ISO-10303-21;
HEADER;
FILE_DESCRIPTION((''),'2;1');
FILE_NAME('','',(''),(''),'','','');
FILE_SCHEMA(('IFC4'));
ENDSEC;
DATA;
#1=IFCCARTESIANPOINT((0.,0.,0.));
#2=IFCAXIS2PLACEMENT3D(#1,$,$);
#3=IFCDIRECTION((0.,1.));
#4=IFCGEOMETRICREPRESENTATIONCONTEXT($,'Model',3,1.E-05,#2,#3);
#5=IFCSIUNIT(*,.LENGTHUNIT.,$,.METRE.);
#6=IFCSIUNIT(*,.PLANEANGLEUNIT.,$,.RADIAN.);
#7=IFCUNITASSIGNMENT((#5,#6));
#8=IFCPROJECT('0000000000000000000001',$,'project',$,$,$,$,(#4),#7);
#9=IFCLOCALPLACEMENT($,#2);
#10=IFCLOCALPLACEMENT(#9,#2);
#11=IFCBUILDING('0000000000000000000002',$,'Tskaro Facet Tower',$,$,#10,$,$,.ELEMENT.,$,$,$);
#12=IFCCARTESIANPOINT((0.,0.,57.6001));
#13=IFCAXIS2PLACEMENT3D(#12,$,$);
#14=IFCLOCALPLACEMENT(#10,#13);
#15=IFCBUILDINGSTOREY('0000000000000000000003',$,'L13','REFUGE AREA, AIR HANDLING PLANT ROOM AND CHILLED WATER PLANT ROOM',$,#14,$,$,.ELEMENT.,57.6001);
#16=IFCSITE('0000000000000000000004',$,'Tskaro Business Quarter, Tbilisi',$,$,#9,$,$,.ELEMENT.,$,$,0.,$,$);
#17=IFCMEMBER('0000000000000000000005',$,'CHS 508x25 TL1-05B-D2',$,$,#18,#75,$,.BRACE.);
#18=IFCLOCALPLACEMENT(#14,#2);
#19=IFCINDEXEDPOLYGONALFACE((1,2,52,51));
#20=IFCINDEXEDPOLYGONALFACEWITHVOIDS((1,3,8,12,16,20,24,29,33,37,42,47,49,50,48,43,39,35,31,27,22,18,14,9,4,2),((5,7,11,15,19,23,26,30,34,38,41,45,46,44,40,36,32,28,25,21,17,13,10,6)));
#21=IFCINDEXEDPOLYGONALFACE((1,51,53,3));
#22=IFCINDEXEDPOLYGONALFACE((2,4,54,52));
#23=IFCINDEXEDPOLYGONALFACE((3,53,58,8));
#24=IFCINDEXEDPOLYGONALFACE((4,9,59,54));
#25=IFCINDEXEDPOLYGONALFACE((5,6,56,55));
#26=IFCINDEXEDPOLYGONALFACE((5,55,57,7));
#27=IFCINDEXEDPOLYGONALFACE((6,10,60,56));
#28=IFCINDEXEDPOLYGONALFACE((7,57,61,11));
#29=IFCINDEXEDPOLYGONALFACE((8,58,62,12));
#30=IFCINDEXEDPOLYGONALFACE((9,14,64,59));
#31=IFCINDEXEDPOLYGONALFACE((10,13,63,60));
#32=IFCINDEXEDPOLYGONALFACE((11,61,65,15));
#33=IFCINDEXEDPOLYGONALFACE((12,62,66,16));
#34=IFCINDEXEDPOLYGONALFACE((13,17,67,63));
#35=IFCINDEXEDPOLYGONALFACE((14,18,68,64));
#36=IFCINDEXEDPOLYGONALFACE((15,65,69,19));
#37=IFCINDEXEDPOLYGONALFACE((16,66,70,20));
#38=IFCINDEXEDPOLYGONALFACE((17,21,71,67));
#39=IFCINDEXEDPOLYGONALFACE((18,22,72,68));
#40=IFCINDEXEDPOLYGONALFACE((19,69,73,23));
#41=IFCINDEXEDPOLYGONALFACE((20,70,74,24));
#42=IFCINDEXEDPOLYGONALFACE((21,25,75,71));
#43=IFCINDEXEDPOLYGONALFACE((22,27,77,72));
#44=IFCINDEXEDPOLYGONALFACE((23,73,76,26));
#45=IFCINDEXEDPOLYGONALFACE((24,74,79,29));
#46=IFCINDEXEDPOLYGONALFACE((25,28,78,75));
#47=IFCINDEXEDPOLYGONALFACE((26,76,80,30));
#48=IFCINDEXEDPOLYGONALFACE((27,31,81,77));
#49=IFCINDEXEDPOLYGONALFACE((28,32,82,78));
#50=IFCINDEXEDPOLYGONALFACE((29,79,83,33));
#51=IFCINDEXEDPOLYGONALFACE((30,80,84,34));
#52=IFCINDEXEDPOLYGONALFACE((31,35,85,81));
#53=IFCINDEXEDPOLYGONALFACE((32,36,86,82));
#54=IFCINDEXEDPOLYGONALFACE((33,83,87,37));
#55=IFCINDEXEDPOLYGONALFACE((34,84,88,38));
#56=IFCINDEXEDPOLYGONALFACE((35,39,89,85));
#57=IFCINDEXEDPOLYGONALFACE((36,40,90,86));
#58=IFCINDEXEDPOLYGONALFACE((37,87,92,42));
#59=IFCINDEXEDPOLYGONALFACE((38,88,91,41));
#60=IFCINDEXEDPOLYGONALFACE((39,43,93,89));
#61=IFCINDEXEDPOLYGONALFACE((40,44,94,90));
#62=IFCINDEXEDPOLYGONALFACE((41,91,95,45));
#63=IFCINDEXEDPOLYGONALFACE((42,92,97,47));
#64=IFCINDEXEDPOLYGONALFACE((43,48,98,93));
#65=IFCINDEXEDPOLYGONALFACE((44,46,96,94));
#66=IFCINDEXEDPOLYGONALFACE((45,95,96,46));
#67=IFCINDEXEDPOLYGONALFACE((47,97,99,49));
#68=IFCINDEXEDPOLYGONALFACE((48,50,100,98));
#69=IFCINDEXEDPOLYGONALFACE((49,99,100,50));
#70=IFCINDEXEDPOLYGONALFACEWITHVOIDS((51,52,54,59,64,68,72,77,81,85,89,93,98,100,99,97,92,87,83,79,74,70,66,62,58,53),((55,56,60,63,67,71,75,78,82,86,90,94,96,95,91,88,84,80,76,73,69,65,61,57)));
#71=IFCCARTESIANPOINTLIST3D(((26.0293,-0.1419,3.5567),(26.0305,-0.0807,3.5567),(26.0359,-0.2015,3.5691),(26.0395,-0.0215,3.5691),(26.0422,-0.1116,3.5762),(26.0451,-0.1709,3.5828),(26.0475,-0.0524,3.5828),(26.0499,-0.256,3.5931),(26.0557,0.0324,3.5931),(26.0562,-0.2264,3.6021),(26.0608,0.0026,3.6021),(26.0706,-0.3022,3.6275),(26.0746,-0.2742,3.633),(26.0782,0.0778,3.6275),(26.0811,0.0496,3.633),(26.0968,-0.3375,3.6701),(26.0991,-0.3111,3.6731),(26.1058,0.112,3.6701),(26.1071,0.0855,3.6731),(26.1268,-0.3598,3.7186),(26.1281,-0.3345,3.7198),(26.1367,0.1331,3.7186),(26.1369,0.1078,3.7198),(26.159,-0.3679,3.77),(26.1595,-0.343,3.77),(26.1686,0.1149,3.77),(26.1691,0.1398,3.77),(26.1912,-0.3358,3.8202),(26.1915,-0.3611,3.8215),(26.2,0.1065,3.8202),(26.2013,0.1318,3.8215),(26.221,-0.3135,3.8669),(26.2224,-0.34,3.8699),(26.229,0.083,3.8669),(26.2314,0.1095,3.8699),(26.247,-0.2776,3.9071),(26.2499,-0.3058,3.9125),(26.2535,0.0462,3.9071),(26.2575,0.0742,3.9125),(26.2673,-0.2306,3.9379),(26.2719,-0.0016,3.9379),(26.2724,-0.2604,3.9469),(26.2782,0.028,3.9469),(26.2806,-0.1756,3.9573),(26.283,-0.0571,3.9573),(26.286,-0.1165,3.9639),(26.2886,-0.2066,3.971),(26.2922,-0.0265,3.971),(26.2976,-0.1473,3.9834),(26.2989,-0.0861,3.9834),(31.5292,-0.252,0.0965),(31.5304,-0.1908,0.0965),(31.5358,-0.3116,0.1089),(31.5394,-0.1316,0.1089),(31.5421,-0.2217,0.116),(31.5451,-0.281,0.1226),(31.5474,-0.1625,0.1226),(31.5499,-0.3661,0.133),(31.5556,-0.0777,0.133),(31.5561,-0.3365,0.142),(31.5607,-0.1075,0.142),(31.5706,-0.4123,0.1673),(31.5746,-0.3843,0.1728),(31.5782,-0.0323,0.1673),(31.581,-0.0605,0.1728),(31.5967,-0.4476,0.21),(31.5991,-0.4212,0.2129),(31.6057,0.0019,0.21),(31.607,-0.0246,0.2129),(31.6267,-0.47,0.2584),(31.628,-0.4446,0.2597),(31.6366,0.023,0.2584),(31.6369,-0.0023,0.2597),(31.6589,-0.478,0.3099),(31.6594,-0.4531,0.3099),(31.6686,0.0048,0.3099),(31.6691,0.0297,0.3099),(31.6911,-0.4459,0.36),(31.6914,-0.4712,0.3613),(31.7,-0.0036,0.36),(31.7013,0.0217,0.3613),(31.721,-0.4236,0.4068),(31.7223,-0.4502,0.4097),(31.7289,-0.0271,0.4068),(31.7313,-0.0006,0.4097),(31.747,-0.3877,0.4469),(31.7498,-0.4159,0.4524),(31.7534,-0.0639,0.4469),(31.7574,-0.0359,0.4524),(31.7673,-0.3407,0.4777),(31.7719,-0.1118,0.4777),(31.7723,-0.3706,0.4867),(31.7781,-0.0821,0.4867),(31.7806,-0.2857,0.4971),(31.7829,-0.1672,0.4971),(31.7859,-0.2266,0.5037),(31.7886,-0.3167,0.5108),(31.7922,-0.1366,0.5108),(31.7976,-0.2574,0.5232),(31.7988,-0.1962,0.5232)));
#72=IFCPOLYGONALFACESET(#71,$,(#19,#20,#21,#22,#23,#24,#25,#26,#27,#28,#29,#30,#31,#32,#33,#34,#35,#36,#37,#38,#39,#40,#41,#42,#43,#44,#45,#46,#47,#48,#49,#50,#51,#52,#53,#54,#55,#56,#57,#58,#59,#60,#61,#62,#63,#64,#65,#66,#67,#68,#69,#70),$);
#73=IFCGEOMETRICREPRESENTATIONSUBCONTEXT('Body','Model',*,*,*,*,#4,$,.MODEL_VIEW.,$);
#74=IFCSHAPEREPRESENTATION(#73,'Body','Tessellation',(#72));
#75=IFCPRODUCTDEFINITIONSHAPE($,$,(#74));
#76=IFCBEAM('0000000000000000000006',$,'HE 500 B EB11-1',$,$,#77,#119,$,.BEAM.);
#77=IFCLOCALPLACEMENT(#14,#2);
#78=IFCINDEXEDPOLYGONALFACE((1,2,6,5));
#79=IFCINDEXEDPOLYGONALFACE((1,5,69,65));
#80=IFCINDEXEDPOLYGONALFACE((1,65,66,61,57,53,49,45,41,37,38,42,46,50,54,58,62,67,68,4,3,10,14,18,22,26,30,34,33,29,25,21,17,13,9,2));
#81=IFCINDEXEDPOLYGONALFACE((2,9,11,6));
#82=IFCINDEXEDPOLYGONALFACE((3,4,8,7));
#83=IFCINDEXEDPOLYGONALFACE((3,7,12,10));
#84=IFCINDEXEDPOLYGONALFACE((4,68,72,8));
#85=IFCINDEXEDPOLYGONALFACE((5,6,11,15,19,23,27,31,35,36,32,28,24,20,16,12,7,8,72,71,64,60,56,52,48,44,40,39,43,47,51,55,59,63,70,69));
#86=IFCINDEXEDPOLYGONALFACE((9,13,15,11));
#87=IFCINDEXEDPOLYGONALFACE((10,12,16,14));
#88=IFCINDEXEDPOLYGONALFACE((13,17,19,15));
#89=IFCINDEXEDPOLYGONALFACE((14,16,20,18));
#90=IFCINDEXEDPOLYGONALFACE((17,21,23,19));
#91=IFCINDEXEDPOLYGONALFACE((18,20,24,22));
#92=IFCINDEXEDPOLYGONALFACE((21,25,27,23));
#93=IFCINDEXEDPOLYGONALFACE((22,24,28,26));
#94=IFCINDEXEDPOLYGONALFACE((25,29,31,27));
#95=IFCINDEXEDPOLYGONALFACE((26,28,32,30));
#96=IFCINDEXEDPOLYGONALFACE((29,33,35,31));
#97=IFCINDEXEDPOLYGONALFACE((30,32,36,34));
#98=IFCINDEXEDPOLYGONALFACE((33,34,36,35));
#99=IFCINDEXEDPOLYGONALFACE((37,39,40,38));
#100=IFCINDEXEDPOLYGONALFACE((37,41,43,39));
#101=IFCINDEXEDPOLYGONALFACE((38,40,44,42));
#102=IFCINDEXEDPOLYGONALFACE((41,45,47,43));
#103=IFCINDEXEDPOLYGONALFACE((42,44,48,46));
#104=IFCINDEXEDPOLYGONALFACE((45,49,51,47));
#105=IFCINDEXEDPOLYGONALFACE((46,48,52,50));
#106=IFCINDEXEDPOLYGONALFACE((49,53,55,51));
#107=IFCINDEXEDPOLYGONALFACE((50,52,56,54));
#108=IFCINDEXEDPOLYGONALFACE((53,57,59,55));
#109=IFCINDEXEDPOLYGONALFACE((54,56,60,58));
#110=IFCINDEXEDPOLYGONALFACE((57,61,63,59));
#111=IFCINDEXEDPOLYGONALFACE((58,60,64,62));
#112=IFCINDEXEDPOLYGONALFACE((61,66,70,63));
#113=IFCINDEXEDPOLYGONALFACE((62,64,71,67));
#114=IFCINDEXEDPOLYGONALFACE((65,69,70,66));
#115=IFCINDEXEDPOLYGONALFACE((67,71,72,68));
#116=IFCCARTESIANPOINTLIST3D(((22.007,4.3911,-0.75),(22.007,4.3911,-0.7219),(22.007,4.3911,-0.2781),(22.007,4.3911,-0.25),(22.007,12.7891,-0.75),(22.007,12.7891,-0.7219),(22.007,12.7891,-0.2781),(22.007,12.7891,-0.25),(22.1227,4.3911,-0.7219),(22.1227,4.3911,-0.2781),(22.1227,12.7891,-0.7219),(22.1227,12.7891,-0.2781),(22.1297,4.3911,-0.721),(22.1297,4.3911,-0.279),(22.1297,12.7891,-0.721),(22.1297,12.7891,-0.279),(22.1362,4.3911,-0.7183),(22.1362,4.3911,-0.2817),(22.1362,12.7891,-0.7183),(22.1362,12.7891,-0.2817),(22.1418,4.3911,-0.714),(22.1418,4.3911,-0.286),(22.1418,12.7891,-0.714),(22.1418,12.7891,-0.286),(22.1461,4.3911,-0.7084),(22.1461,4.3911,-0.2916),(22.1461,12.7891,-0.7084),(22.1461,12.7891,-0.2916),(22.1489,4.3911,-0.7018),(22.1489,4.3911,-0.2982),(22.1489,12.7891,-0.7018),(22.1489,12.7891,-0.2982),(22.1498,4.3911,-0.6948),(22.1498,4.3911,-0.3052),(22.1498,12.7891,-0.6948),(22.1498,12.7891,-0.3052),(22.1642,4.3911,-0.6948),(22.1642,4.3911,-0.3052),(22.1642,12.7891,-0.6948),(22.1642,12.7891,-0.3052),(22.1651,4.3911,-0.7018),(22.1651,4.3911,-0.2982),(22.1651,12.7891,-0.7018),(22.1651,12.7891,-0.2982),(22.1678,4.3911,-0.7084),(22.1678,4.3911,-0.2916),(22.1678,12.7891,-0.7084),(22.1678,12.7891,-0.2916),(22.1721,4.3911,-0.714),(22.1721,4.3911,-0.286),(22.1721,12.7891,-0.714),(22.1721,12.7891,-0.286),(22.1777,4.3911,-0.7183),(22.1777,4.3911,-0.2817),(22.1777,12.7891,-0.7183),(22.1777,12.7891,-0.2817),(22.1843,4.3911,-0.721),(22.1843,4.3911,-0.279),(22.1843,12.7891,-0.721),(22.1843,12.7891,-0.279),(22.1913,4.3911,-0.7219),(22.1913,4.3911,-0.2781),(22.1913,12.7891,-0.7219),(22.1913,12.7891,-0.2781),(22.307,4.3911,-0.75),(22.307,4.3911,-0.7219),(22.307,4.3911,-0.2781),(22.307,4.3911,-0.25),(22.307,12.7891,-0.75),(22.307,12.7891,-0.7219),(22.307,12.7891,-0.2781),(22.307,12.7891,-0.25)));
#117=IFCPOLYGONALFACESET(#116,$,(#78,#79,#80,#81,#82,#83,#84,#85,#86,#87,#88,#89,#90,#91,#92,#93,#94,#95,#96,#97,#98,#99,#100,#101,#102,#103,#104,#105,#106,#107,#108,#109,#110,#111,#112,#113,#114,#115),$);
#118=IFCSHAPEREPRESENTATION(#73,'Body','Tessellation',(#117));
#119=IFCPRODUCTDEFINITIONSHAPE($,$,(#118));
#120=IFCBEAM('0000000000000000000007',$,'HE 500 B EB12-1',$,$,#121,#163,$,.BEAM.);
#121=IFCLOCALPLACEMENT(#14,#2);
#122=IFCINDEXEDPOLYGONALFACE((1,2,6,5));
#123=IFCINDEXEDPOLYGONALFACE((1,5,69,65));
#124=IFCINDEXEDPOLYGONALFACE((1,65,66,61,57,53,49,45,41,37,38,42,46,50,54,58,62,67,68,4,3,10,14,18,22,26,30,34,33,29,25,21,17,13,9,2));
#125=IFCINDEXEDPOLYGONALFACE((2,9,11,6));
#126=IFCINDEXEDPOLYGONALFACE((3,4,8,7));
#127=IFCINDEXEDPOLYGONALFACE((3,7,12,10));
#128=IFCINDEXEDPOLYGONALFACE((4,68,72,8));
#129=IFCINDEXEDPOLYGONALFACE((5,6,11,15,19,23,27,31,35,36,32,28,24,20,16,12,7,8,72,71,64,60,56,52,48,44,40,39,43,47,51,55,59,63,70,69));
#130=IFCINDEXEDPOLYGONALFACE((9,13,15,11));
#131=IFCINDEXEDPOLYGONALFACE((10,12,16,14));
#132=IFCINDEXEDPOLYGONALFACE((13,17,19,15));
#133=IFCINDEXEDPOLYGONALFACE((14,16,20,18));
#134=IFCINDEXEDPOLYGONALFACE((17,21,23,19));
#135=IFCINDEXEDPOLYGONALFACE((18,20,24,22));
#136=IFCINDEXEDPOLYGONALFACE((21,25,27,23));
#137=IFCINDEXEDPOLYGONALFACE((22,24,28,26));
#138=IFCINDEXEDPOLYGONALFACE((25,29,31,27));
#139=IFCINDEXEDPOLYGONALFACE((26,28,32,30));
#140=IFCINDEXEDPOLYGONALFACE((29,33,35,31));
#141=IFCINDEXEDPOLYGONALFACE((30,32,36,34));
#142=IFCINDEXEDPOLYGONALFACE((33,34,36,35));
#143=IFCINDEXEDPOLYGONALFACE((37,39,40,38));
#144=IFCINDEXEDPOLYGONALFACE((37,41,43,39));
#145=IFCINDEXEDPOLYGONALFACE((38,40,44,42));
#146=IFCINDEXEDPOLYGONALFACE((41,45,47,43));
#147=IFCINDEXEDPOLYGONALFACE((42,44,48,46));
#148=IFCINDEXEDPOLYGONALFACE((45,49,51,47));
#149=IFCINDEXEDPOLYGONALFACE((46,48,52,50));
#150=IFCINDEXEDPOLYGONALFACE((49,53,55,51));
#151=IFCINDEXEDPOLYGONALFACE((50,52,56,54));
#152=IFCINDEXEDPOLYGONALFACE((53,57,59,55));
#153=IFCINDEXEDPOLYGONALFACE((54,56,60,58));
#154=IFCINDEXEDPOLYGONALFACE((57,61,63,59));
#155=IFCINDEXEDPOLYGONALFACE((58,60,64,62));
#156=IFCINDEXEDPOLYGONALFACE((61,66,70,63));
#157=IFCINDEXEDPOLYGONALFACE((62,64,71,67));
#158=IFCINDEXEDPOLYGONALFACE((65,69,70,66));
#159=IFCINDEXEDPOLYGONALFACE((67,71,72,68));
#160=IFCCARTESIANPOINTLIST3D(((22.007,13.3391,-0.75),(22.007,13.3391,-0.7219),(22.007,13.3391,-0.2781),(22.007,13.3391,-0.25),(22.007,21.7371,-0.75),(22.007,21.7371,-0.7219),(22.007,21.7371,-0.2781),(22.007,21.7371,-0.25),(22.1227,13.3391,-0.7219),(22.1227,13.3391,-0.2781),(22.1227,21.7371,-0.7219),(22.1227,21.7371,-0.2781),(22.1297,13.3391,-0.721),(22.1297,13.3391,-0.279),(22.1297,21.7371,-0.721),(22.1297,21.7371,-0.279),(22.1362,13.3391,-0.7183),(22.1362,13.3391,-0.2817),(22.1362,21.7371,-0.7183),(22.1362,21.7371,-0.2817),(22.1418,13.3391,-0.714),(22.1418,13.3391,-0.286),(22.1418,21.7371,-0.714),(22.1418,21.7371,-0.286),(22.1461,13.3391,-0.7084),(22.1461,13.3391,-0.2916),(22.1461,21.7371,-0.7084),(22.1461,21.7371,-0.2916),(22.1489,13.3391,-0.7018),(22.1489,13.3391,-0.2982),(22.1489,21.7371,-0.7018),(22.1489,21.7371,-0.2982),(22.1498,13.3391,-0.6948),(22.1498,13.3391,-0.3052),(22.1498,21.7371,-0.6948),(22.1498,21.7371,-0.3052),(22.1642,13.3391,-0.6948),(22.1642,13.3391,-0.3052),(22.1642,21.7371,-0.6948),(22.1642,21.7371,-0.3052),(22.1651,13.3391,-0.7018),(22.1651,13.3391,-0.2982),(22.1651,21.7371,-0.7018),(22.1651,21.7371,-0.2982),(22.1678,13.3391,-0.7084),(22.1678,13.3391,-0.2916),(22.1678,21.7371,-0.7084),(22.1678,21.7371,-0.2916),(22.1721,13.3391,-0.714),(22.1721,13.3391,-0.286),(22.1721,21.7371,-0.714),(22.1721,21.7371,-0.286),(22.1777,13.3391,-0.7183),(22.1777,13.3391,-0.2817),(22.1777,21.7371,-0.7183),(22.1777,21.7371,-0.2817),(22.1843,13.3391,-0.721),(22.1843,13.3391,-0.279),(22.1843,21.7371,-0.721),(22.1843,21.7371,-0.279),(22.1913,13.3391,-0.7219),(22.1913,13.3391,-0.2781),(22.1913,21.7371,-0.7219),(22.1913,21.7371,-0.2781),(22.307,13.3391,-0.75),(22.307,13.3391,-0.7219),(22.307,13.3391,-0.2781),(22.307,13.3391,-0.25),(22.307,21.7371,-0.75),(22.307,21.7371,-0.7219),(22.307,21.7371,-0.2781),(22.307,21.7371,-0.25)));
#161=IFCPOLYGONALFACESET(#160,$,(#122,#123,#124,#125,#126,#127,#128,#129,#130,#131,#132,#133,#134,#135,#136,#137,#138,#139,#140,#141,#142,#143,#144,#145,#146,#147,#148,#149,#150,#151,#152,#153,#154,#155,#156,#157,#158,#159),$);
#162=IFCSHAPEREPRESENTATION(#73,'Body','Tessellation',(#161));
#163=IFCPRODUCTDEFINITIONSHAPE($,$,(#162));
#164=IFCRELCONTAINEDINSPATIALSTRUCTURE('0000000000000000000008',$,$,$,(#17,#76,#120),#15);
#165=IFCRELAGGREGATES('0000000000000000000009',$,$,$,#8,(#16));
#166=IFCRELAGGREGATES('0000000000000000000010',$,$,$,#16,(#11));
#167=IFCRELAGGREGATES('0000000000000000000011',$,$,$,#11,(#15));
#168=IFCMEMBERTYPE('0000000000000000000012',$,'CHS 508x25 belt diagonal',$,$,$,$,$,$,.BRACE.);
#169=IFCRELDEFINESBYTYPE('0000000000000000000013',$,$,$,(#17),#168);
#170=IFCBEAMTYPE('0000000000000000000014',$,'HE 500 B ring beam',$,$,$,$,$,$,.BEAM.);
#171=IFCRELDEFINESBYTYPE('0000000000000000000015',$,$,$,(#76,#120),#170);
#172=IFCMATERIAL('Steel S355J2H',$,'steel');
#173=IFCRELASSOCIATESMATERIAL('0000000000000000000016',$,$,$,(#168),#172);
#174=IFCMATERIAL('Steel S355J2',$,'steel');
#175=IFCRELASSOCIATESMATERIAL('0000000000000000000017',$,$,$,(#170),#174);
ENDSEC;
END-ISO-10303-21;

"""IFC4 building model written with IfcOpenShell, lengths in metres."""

from ifc_helpers import new_model, si_unit, direction, frame, origin, origin_2d, place, context, subcontext, project, spatial, hollow_circle, i_section, extrude, material, material_profile, profile_set, type_object, element, save


model = new_model("IFC4")

# Units and contexts
model_context = context("Model", 3, precision=1e-05, world=origin(), true_north=direction((0.0, 1.0)))
body_context = subcontext(model_context, "Body", "Model", "MODEL_VIEW")
ifc_project = project(units=[si_unit("LENGTHUNIT", "METRE"), si_unit("PLANEANGLEUNIT", "RADIAN")], contexts=[model_context])

# Site, building, storey
site_placement = place(None, origin())
site = spatial("IfcSite", under=ifc_project, at=site_placement, Name="Tskaro Business Quarter, Tbilisi", CompositionType="ELEMENT", RefElevation=0.0)
building_placement = place(site_placement, origin())
building = spatial("IfcBuilding", under=site, at=building_placement, Name="Tskaro Facet Tower", CompositionType="ELEMENT")
storey_placement = place(building_placement, frame((0.0, 0.0, 57.6001)))
storey = spatial("IfcBuildingStorey", under=building, at=storey_placement, Name="L13", Description="REFUGE AREA, AIR HANDLING PLANT ROOM AND CHILLED WATER PLANT ROOM", CompositionType="ELEMENT", Elevation=57.6001)

# Shared definitions
ifc_material_1 = material(Name="Steel S355J2H", Category="steel")

# Shared definitions
ifc_material_2 = material(Name="Steel S355J2", Category="steel")

# Member
ifc_material_profile_1 = material_profile(ifc_material_1, hollow_circle(Radius=0.2539, WallThickness=0.0249, at=origin_2d()), Name="CHS 508x25")
ifc_profile_set_1 = profile_set([ifc_material_profile_1], Name="Steel S355J2H")
member_type_1 = type_object("IfcMemberType", Name="CHS 508x25 belt diagonal", PredefinedType="BRACE", material=ifc_profile_set_1)
member_1_placement = place(storey_placement, frame((26.1641, -0.114, 3.77), z_axis=(0.846303, -0.016943, -0.532433), x_axis=(0.020016, 0.9998, 0.0)))
element("IfcMember", 1, at=member_1_placement, inside=storey, type_object=member_type_1, Name="CHS 508x25 TL1-05B-D2", PredefinedType="BRACE", context=body_context, shape_type="SweptSolid", body=[
    extrude(hollow_circle(Radius=0.2539, WallThickness=0.0249, at=origin_2d()), origin(), (0.0, 0.0, 1.0), 6.4988),
])

# Beams
ifc_material_profile_2 = material_profile(ifc_material_2, i_section(OverallWidth=0.3, OverallDepth=0.5, WebThickness=0.0144, FlangeThickness=0.0281, FilletRadius=0.0271, at=origin_2d()), Name="HE 500 B")
ifc_profile_set_2 = profile_set([ifc_material_profile_2], Name="Steel S355J2")
beam_type_1 = type_object("IfcBeamType", Name="HE 500 B ring beam", PredefinedType="BEAM", material=ifc_profile_set_2)
for number, where, z_axis, x_axis, name in (
    (2, (22.157, 4.3911, -0.5), (0.0, 1.0, 0.0), (-1.0, 0.0, 0.0), "HE 500 B EB11-1"),
    (3, (22.157, 13.3391, -0.5), (0.0, 1.0, 0.0), (-1.0, 0.0, 0.0), "HE 500 B EB12-1"),
):
    element("IfcBeam", number, at=place(storey_placement, frame(where, z_axis=z_axis, x_axis=x_axis)), inside=storey, type_object=beam_type_1, Name=name, PredefinedType="BEAM", context=body_context, shape_type="SweptSolid", body=[
        extrude(i_section(OverallWidth=0.3, OverallDepth=0.5, WebThickness=0.0144, FlangeThickness=0.0281, FilletRadius=0.0271, at=origin_2d()), origin(), (0.0, 0.0, 1.0), 8.3979),
    ])

save(model, "model.ifc")
